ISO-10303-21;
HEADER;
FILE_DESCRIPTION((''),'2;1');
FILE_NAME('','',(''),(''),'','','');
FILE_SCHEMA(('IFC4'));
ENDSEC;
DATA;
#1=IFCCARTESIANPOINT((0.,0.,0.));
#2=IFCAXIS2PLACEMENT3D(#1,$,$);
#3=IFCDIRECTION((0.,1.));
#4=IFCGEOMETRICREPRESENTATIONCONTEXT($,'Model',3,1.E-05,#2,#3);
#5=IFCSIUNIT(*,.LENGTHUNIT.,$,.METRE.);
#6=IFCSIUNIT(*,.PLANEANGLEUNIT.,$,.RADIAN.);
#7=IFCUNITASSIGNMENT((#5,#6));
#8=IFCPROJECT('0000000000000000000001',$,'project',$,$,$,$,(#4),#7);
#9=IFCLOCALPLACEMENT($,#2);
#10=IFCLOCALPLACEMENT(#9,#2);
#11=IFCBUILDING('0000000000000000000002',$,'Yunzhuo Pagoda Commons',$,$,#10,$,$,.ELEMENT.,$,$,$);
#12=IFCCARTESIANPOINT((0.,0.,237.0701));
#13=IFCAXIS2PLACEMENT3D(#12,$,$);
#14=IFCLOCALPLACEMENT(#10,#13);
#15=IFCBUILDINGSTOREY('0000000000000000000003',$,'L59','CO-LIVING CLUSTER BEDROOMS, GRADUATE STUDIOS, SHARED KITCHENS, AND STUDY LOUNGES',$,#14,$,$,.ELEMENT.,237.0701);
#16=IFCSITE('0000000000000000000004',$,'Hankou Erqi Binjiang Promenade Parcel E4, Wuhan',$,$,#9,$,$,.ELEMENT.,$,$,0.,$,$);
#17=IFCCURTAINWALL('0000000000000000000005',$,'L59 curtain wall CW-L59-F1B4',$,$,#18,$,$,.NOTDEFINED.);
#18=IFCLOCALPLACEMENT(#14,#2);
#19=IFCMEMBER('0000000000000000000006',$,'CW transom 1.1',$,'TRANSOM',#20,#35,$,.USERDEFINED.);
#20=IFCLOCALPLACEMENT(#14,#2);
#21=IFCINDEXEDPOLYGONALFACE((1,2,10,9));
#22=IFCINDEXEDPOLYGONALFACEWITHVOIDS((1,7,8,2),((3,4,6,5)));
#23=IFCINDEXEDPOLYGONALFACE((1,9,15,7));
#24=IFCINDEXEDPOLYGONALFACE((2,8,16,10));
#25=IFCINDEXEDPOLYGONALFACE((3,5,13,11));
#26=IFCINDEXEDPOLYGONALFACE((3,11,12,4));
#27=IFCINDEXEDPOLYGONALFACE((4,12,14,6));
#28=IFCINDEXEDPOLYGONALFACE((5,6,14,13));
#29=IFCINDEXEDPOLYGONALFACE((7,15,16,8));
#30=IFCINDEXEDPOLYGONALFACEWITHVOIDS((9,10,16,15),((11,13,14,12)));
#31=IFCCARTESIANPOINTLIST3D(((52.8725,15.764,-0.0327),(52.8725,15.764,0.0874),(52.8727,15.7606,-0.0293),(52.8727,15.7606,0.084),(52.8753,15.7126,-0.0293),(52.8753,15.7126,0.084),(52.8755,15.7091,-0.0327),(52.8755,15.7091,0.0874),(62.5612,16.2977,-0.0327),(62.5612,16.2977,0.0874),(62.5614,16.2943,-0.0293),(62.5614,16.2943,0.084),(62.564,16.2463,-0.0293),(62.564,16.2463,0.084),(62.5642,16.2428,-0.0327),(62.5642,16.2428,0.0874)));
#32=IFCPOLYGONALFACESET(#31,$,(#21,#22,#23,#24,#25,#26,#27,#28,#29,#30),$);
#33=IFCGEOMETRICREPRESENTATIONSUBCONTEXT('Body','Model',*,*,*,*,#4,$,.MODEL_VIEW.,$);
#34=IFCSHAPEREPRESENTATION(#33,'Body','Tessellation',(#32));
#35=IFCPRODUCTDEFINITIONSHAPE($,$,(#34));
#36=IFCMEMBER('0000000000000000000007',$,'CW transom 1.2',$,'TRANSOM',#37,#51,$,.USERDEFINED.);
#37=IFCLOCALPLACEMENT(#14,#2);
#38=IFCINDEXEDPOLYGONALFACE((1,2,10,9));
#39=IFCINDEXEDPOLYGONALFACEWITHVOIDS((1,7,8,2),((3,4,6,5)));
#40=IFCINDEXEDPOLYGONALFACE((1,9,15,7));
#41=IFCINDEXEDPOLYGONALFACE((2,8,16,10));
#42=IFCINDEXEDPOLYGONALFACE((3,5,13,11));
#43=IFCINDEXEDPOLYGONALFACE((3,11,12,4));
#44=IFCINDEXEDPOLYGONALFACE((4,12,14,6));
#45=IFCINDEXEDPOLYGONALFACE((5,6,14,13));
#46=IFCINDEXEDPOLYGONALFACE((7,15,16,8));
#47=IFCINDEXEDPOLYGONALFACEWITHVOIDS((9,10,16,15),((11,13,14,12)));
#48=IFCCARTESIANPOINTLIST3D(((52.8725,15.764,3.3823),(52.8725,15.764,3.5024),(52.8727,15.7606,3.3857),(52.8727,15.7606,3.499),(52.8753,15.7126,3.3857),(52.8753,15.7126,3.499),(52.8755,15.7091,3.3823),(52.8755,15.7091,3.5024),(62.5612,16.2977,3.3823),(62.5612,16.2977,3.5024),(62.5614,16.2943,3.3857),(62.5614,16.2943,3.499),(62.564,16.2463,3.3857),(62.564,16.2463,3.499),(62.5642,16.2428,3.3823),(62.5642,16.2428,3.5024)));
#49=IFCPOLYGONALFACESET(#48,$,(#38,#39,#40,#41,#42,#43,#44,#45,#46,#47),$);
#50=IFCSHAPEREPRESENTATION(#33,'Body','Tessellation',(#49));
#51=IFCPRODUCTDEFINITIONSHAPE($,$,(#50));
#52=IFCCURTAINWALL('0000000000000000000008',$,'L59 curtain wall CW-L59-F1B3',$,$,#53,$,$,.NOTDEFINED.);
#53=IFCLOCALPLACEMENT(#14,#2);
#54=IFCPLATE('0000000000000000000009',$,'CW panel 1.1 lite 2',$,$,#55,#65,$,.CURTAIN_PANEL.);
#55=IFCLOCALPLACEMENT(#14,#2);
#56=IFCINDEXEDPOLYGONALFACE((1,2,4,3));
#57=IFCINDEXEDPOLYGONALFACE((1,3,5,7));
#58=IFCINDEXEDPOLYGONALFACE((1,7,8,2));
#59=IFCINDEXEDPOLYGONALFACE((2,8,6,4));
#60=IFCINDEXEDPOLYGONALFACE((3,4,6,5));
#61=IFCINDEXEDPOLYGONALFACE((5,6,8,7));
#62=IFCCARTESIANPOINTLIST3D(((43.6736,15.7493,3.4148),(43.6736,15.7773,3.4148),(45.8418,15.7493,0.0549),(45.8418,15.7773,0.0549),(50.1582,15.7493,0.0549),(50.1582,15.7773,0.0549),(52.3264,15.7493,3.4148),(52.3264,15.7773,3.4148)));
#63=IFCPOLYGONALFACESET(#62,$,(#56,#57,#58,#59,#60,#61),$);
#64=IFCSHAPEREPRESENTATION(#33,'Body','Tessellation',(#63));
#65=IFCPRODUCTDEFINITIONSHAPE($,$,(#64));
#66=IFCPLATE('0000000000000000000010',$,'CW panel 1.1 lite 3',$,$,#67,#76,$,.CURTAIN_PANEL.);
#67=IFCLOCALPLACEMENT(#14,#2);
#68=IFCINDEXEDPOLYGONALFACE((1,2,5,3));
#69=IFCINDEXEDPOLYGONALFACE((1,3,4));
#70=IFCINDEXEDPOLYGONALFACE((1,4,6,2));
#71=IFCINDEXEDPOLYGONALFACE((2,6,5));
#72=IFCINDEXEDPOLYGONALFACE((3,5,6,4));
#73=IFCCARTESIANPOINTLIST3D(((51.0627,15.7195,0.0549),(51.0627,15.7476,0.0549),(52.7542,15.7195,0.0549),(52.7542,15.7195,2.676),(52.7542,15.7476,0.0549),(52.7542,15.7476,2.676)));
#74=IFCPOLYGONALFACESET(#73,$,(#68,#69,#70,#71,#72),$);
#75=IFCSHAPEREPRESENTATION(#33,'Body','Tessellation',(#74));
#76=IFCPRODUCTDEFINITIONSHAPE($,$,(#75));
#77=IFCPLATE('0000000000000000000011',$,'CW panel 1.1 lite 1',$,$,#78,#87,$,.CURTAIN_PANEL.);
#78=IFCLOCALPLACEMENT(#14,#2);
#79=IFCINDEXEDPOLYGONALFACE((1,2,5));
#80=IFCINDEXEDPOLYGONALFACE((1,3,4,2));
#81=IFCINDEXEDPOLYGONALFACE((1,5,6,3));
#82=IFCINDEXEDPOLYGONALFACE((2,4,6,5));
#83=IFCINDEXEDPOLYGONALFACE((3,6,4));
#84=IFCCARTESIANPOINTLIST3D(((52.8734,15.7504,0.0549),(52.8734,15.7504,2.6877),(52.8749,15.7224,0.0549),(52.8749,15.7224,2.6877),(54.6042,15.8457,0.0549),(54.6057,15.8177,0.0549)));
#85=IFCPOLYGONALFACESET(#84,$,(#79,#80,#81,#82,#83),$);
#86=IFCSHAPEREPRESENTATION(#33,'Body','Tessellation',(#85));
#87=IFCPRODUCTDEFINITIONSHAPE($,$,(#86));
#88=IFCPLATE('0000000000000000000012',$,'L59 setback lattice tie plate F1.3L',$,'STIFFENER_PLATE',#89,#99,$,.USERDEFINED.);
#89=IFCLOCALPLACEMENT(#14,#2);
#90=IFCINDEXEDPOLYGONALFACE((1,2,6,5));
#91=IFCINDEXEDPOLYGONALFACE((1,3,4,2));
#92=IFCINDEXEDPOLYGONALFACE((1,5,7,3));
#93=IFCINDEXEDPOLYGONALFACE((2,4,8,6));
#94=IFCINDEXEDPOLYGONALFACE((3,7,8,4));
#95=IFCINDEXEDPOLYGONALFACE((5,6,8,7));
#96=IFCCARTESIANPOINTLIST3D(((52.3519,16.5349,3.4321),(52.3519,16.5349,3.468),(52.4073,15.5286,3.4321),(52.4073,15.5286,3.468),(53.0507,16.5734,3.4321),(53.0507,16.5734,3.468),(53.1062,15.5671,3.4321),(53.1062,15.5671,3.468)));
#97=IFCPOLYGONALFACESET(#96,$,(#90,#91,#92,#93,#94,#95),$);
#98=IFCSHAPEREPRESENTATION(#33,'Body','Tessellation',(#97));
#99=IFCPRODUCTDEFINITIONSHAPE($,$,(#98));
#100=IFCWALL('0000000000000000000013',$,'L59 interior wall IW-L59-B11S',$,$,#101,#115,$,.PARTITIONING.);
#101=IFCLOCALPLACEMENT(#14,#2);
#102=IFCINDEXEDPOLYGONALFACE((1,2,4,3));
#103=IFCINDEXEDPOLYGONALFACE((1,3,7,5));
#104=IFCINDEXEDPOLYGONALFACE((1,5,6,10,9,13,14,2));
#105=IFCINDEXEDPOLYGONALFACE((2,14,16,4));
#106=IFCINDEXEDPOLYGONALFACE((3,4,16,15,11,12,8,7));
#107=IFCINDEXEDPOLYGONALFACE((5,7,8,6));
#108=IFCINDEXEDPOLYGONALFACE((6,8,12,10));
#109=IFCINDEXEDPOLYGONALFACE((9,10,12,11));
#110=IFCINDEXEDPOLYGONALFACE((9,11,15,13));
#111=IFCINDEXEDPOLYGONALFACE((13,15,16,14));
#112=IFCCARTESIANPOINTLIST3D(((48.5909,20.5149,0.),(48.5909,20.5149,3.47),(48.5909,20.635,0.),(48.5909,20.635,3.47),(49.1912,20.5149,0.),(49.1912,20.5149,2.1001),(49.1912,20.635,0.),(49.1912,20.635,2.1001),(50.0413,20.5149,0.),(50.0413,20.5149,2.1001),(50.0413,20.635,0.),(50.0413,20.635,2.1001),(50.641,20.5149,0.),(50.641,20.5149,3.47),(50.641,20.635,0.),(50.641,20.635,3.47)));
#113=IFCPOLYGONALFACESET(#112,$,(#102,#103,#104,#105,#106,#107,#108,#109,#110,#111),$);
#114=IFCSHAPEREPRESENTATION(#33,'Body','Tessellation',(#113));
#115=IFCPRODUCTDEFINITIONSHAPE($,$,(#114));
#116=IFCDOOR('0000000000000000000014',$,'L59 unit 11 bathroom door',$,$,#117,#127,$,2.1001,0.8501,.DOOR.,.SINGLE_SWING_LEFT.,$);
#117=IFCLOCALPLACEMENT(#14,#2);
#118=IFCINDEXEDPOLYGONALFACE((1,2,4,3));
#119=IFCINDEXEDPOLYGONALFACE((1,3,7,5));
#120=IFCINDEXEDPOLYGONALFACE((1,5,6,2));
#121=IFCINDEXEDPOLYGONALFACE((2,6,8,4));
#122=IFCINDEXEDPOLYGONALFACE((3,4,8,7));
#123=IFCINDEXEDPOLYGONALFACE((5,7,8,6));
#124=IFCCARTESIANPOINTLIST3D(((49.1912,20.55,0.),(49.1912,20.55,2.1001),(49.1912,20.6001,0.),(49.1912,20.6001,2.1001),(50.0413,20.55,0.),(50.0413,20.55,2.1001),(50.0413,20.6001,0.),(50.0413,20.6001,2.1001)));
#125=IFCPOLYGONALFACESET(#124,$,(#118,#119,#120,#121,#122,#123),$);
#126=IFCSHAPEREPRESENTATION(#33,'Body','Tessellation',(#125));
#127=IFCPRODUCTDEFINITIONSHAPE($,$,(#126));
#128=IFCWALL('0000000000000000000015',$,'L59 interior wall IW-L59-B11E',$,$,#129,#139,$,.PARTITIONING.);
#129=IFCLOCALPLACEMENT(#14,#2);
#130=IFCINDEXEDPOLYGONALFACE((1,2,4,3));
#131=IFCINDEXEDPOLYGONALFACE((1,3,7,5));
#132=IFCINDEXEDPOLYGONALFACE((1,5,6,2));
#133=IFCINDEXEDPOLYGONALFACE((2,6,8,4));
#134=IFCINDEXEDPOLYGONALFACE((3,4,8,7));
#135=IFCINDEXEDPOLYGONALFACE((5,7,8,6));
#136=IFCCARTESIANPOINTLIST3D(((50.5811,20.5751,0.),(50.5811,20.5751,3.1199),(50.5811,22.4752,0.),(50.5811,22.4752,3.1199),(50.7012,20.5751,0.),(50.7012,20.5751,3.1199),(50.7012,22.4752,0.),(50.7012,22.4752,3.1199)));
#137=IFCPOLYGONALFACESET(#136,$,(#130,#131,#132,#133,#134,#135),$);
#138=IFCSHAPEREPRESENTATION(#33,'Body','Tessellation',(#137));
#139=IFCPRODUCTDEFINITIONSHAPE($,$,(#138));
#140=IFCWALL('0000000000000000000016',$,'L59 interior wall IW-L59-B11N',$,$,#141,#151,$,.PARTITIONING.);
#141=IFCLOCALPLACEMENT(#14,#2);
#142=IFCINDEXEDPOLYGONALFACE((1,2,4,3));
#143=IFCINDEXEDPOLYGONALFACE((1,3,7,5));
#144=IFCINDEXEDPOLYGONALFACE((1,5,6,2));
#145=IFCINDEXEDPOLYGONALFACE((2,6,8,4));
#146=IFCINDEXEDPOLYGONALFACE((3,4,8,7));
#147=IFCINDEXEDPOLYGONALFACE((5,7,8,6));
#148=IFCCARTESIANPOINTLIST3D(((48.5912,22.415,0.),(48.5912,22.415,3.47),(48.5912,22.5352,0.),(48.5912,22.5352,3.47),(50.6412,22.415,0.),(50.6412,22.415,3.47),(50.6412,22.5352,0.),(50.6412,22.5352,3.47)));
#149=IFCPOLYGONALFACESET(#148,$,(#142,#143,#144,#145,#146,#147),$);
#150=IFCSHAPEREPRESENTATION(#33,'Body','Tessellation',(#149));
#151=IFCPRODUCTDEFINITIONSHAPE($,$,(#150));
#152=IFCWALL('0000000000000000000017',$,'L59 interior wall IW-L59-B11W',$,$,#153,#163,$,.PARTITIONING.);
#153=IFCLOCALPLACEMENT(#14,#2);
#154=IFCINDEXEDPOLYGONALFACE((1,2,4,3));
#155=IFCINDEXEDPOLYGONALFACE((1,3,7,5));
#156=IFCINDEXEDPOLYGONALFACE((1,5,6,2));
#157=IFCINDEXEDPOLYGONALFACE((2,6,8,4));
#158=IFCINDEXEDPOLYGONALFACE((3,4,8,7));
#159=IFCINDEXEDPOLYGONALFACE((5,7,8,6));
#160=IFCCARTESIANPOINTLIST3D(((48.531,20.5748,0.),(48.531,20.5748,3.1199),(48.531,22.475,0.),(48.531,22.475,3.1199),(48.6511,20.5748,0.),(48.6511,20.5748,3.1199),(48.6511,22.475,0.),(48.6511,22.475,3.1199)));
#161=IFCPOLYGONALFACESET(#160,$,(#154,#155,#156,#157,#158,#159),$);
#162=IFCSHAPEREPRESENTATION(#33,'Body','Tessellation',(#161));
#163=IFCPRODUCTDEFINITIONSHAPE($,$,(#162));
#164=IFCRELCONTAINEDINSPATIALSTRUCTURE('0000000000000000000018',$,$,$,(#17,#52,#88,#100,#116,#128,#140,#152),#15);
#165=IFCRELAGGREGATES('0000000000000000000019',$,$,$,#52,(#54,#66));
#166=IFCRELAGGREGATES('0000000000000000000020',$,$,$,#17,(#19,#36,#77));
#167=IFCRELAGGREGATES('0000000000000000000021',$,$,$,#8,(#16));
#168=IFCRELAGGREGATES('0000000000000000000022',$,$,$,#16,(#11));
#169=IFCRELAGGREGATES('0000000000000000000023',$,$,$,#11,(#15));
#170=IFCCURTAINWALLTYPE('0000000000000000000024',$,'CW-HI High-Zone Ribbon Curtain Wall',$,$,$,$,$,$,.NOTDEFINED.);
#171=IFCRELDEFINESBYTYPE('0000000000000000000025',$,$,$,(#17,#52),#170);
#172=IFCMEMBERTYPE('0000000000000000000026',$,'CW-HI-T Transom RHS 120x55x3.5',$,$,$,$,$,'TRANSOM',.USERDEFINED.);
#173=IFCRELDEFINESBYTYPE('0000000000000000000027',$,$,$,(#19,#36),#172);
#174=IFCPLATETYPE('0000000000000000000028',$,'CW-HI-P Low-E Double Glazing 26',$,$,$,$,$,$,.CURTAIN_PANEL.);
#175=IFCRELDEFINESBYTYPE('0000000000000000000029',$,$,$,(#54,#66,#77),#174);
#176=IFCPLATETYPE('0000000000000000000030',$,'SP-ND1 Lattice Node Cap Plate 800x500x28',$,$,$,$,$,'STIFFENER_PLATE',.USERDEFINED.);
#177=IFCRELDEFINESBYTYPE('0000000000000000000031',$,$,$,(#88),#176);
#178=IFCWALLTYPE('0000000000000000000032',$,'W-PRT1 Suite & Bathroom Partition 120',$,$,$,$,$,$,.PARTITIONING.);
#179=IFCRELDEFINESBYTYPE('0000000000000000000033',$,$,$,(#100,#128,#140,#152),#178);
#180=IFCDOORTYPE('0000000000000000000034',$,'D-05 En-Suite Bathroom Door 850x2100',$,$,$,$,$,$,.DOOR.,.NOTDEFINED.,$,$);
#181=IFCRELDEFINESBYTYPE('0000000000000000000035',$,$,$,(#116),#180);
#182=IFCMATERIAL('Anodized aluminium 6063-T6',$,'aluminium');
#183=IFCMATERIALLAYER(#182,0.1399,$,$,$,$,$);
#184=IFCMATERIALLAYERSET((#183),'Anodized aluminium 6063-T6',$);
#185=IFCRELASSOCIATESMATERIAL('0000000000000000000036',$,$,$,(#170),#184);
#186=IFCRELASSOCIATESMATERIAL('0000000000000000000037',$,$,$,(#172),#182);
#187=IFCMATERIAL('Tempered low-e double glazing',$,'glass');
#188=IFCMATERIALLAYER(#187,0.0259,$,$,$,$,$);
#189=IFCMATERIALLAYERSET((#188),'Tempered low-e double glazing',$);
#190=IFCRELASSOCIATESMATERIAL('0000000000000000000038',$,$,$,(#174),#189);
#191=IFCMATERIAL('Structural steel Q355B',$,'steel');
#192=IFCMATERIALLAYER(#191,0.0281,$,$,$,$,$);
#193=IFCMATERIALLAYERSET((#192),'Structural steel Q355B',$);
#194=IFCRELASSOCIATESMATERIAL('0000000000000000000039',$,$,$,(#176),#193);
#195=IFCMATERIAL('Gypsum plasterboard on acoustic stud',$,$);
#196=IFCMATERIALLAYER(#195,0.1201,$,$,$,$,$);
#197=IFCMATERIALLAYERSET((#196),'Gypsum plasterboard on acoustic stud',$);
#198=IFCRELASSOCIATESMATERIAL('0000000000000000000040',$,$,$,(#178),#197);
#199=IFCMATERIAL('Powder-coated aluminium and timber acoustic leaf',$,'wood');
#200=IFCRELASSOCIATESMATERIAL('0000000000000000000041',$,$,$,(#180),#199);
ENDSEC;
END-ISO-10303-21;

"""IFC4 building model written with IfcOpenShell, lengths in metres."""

from ifc_helpers import new_model, si_unit, direction, frame, frame_2d, origin, origin_2d, place, context, subcontext, project, spatial, polyline, rectangle, hollow_rectangle, outline, extrude, source, transform, mapped, material, layer, layer_set, material_profile, profile_set, type_object, element, fill, aggregate, save


model = new_model("IFC4")

# Units and contexts
model_context = context("Model", 3, precision=1e-05, world=origin(), true_north=direction((0.0, 1.0)))
body_context = subcontext(model_context, "Body", "Model", "MODEL_VIEW")
ifc_project = project(units=[si_unit("LENGTHUNIT", "METRE"), si_unit("PLANEANGLEUNIT", "RADIAN")], contexts=[model_context])

# Site, building, storey
site_placement = place(None, origin())
site = spatial("IfcSite", under=ifc_project, at=site_placement, Name="Hankou Erqi Binjiang Promenade Parcel E4, Wuhan", CompositionType="ELEMENT", RefElevation=0.0)
building_placement = place(site_placement, origin())
building = spatial("IfcBuilding", under=site, at=building_placement, Name="Yunzhuo Pagoda Commons", CompositionType="ELEMENT")
storey_placement = place(building_placement, frame((0.0, 0.0, 237.0701)))
storey = spatial("IfcBuildingStorey", under=building, at=storey_placement, Name="L59", Description="CO-LIVING CLUSTER BEDROOMS, GRADUATE STUDIOS, SHARED KITCHENS, AND STUDY LOUNGES", CompositionType="ELEMENT", Elevation=237.0701)

# Shared definitions
ifc_material_1 = material(Name="Structural steel Q355B", Category="steel")

# Curtain wall, members
ifc_material_2 = material(Name="Anodized aluminium 6063-T6", Category="aluminium")
ifc_layer_1 = layer(ifc_material_2, 0.1399)
ifc_layer_set_1 = layer_set([ifc_layer_1], Name="Anodized aluminium 6063-T6")
curtain_wall_type = type_object("IfcCurtainWallType", Name="CW-HI High-Zone Ribbon Curtain Wall", PredefinedType="NOTDEFINED", material=ifc_layer_set_1)
curtain_wall_1_placement = place(storey_placement, origin())
curtain_wall_1 = element("IfcCurtainWall", 1, at=curtain_wall_1_placement, inside=storey, type_object=curtain_wall_type, Name="L59 curtain wall CW-L59-F1B4", PredefinedType="NOTDEFINED")
ifc_material_profile_1 = material_profile(ifc_material_2, hollow_rectangle(XDim=0.0549, YDim=0.1201, WallThickness=0.0034, at=origin_2d()), Name="Anodized aluminium 6063-T6")
ifc_profile_set_1 = profile_set([ifc_material_profile_1], Name="Anodized aluminium 6063-T6")
member_type_1 = type_object("IfcMemberType", Name="CW-HI-T Transom RHS 120x55x3.5", ElementType="TRANSOM", PredefinedType="USERDEFINED", material=ifc_profile_set_1)
shared_shape_1 = source(origin(), body_context, "Body", "SweptSolid", [
    extrude(hollow_rectangle(XDim=0.0549, YDim=0.1201, WallThickness=0.0034, at=origin_2d()), origin(), (0.0, 0.0, 1.0), 9.7034),
])
member_1_placement = place(storey_placement, frame((52.874, 15.7366, 0.0273), z_axis=(0.998486, 0.055, 0.0), x_axis=(-0.055, 0.998486, 0.0)))
member_1 = element("IfcMember", 2, at=member_1_placement, type_object=member_type_1, Name="CW transom 1.1", ObjectType="TRANSOM", PredefinedType="USERDEFINED", context=body_context, shape_type="MappedRepresentation", body=[
    mapped(shared_shape_1, transform((0.0, 0.0, 0.0), scale=1.0)),
])
member_2_placement = place(storey_placement, frame((52.874, 15.7366, 3.4424), z_axis=(0.998486, 0.055, 0.0), x_axis=(-0.055, 0.998486, 0.0)))
member_2 = element("IfcMember", 3, at=member_2_placement, type_object=member_type_1, Name="CW transom 1.2", ObjectType="TRANSOM", PredefinedType="USERDEFINED", context=body_context, shape_type="MappedRepresentation", body=[
    mapped(shared_shape_1, transform((0.0, 0.0, 0.0), scale=1.0)),
])

# Curtain wall, plates
curtain_wall_2_placement = place(storey_placement, origin())
curtain_wall_2 = element("IfcCurtainWall", 4, at=curtain_wall_2_placement, inside=storey, type_object=curtain_wall_type, Name="L59 curtain wall CW-L59-F1B3", PredefinedType="NOTDEFINED")
ifc_material_3 = material(Name="Tempered low-e double glazing", Category="glass")
ifc_layer_2 = layer(ifc_material_3, 0.0259)
ifc_layer_set_2 = layer_set([ifc_layer_2], Name="Tempered low-e double glazing")
plate_type_1 = type_object("IfcPlateType", Name="CW-HI-P Low-E Double Glazing 26", PredefinedType="CURTAIN_PANEL", material=ifc_layer_set_2)
plate_1_placement = place(storey_placement, frame((48.0, 15.7773, 1.7349), z_axis=(0.0, -1.0, 0.0), x_axis=(1.0, 0.0, 0.0)))
plate_1 = element("IfcPlate", 5, at=plate_1_placement, type_object=plate_type_1, Name="CW panel 1.1 lite 2", PredefinedType="CURTAIN_PANEL", context=body_context, shape_type="SweptSolid", body=[
    extrude(outline(polyline([(-4.3264, 1.6799), (-2.1582, -1.6799), (2.1582, -1.6799), (4.3264, 1.6799), (-4.3264, 1.6799)])), origin(), (0.0, 0.0, 1.0), 0.0281),
])
plate_2_placement = place(storey_placement, frame((51.9084, 15.7476, 1.3655), z_axis=(0.0, -1.0, 0.0), x_axis=(1.0, 0.0, 0.0)))
plate_2 = element("IfcPlate", 6, at=plate_2_placement, type_object=plate_type_1, Name="CW panel 1.1 lite 3", PredefinedType="CURTAIN_PANEL", context=body_context, shape_type="SweptSolid", body=[
    extrude(outline(polyline([(-0.8457, -1.3105), (0.8457, -1.3105), (0.8457, 1.3105), (-0.8457, -1.3105)])), origin(), (0.0, 0.0, 1.0), 0.0281),
])
aggregate(curtain_wall_2, [plate_1, plate_2])

# Plates
plate_3_placement = place(storey_placement, frame((53.7388, 15.7981, 1.3713), z_axis=(0.054981, -0.998487, 0.0), x_axis=(0.998487, 0.054981, 0.0)))
plate_3 = element("IfcPlate", 7, at=plate_3_placement, type_object=plate_type_1, Name="CW panel 1.1 lite 1", PredefinedType="CURTAIN_PANEL", context=body_context, shape_type="SweptSolid", body=[
    extrude(outline(polyline([(-0.8667, -1.3164), (0.8667, -1.3164), (-0.8667, 1.3164), (-0.8667, -1.3164)])), origin(), (0.0, 0.0, 1.0), 0.0281),
])
aggregate(curtain_wall_1, [member_1, member_2, plate_3])
ifc_layer_3 = layer(ifc_material_1, 0.0281)
ifc_layer_set_3 = layer_set([ifc_layer_3], Name="Structural steel Q355B")
plate_type_2 = type_object("IfcPlateType", Name="SP-ND1 Lattice Node Cap Plate 800x500x28", ElementType="STIFFENER_PLATE", PredefinedType="USERDEFINED", material=ifc_layer_set_3)
shared_shape_2 = source(origin(), body_context, "Body", "SweptSolid", [
    extrude(rectangle(XDim=0.7, YDim=1.0078, at=origin_2d()), origin(), (0.0, 0.0, 1.0), 0.0359),
])
plate_4_placement = place(storey_placement, frame((52.729, 16.051, 3.4321), z_axis=(0.0, 0.0, 1.0), x_axis=(0.998487, 0.054985, 0.0)))
element("IfcPlate", 8, at=plate_4_placement, inside=storey, type_object=plate_type_2, Name="L59 setback lattice tie plate F1.3L", ObjectType="STIFFENER_PLATE", PredefinedType="USERDEFINED", context=body_context, shape_type="MappedRepresentation", body=[
    mapped(shared_shape_2, transform((0.0, 0.0, 0.0), scale=1.0)),
])

# Wall, opening, door
ifc_material_4 = material(Name="Gypsum plasterboard on acoustic stud")
ifc_layer_4 = layer(ifc_material_4, 0.1201)
ifc_layer_set_4 = layer_set([ifc_layer_4], Name="Gypsum plasterboard on acoustic stud")
wall_type = type_object("IfcWallType", Name="W-PRT1 Suite & Bathroom Partition 120", PredefinedType="PARTITIONING", material=ifc_layer_set_4)
wall_1_placement = place(storey_placement, frame((48.5911, 20.575, 0.0), z_axis=(0.0, 0.0, 1.0), x_axis=(1.0, 0.0, 0.0)))
wall_1 = element("IfcWall", 9, at=wall_1_placement, inside=storey, type_object=wall_type, Name="L59 interior wall IW-L59-B11S", PredefinedType="PARTITIONING", context=body_context, shape_type="SweptSolid", body=[
    extrude(rectangle(XDim=2.05, YDim=0.1201, at=frame_2d((1.0249, 0.0))), origin(), (0.0, 0.0, 1.0), 3.47),
])
opening_1_placement = place(wall_1_placement, frame((0.6001, 0.0, 0.0)))
opening_1 = element("IfcOpeningElement", 10, at=opening_1_placement, cuts=wall_1, PredefinedType="OPENING", context=body_context, shape_type="SweptSolid", body=[
    extrude(rectangle(XDim=0.8501, YDim=2.1001, at=frame_2d((0.425, 1.05))), frame((0.0, 0.0701, 0.0), z_axis=(0.0, -1.0, 0.0), x_axis=(1.0, 0.0, 0.0)), (0.0, 0.0, 1.0), 0.1401),
])
ifc_material_5 = material(Name="Powder-coated aluminium and timber acoustic leaf", Category="wood")
door_type = type_object("IfcDoorType", Name="D-05 En-Suite Bathroom Door 850x2100", OperationType="NOTDEFINED", PredefinedType="DOOR", material=ifc_material_5)
shared_shape_3 = source(origin(), body_context, "Body", "SweptSolid", [
    extrude(rectangle(XDim=0.8501, YDim=2.1001, at=frame_2d((0.425, 1.05))), frame((0.0, 0.0249, 0.0), z_axis=(0.0, -1.0, 0.0), x_axis=(1.0, 0.0, 0.0)), (0.0, 0.0, 1.0), 0.05),
])
door_1_placement = place(opening_1_placement, frame((0.8501, 0.0, 0.0), z_axis=(0.0, 0.0, 1.0), x_axis=(-1.0, 0.0, 0.0)))
door_1 = element("IfcDoor", 11, at=door_1_placement, inside=storey, type_object=door_type, Name="L59 unit 11 bathroom door", OperationType="SINGLE_SWING_LEFT", OverallHeight=2.1001, OverallWidth=0.8501, PredefinedType="DOOR", context=body_context, shape_type="MappedRepresentation", body=[
    mapped(shared_shape_3, transform((0.0, 0.0, 0.0), scale=1.0)),
])
fill(opening_1, door_1)

# Walls
wall_2_placement = place(storey_placement, frame((50.6411, 20.575, 0.0), z_axis=(0.0, 0.0, 1.0), x_axis=(0.0, 1.0, 0.0)))
element("IfcWall", 12, at=wall_2_placement, inside=storey, type_object=wall_type, Name="L59 interior wall IW-L59-B11E", PredefinedType="PARTITIONING", context=body_context, shape_type="SweptSolid", body=[
    extrude(rectangle(XDim=1.9001, YDim=0.1201, at=frame_2d((0.9502, 0.0))), origin(), (0.0, 0.0, 1.0), 3.1199),
])
wall_3_placement = place(storey_placement, frame((50.6411, 22.4751, 0.0), z_axis=(0.0, 0.0, 1.0), x_axis=(-1.0, 0.0, 0.0)))
element("IfcWall", 13, at=wall_3_placement, inside=storey, type_object=wall_type, Name="L59 interior wall IW-L59-B11N", PredefinedType="PARTITIONING", context=body_context, shape_type="SweptSolid", body=[
    extrude(rectangle(XDim=2.05, YDim=0.1201, at=frame_2d((1.0249, 0.0))), origin(), (0.0, 0.0, 1.0), 3.47),
])
wall_4_placement = place(storey_placement, frame((48.5911, 22.4751, 0.0), z_axis=(0.0, 0.0, 1.0), x_axis=(0.0, -1.0, 0.0)))
element("IfcWall", 14, at=wall_4_placement, inside=storey, type_object=wall_type, Name="L59 interior wall IW-L59-B11W", PredefinedType="PARTITIONING", context=body_context, shape_type="SweptSolid", body=[
    extrude(rectangle(XDim=1.9001, YDim=0.1201, at=frame_2d((0.9502, 0.0))), origin(), (0.0, 0.0, 1.0), 3.1199),
])

save(model, "model.ifc")
